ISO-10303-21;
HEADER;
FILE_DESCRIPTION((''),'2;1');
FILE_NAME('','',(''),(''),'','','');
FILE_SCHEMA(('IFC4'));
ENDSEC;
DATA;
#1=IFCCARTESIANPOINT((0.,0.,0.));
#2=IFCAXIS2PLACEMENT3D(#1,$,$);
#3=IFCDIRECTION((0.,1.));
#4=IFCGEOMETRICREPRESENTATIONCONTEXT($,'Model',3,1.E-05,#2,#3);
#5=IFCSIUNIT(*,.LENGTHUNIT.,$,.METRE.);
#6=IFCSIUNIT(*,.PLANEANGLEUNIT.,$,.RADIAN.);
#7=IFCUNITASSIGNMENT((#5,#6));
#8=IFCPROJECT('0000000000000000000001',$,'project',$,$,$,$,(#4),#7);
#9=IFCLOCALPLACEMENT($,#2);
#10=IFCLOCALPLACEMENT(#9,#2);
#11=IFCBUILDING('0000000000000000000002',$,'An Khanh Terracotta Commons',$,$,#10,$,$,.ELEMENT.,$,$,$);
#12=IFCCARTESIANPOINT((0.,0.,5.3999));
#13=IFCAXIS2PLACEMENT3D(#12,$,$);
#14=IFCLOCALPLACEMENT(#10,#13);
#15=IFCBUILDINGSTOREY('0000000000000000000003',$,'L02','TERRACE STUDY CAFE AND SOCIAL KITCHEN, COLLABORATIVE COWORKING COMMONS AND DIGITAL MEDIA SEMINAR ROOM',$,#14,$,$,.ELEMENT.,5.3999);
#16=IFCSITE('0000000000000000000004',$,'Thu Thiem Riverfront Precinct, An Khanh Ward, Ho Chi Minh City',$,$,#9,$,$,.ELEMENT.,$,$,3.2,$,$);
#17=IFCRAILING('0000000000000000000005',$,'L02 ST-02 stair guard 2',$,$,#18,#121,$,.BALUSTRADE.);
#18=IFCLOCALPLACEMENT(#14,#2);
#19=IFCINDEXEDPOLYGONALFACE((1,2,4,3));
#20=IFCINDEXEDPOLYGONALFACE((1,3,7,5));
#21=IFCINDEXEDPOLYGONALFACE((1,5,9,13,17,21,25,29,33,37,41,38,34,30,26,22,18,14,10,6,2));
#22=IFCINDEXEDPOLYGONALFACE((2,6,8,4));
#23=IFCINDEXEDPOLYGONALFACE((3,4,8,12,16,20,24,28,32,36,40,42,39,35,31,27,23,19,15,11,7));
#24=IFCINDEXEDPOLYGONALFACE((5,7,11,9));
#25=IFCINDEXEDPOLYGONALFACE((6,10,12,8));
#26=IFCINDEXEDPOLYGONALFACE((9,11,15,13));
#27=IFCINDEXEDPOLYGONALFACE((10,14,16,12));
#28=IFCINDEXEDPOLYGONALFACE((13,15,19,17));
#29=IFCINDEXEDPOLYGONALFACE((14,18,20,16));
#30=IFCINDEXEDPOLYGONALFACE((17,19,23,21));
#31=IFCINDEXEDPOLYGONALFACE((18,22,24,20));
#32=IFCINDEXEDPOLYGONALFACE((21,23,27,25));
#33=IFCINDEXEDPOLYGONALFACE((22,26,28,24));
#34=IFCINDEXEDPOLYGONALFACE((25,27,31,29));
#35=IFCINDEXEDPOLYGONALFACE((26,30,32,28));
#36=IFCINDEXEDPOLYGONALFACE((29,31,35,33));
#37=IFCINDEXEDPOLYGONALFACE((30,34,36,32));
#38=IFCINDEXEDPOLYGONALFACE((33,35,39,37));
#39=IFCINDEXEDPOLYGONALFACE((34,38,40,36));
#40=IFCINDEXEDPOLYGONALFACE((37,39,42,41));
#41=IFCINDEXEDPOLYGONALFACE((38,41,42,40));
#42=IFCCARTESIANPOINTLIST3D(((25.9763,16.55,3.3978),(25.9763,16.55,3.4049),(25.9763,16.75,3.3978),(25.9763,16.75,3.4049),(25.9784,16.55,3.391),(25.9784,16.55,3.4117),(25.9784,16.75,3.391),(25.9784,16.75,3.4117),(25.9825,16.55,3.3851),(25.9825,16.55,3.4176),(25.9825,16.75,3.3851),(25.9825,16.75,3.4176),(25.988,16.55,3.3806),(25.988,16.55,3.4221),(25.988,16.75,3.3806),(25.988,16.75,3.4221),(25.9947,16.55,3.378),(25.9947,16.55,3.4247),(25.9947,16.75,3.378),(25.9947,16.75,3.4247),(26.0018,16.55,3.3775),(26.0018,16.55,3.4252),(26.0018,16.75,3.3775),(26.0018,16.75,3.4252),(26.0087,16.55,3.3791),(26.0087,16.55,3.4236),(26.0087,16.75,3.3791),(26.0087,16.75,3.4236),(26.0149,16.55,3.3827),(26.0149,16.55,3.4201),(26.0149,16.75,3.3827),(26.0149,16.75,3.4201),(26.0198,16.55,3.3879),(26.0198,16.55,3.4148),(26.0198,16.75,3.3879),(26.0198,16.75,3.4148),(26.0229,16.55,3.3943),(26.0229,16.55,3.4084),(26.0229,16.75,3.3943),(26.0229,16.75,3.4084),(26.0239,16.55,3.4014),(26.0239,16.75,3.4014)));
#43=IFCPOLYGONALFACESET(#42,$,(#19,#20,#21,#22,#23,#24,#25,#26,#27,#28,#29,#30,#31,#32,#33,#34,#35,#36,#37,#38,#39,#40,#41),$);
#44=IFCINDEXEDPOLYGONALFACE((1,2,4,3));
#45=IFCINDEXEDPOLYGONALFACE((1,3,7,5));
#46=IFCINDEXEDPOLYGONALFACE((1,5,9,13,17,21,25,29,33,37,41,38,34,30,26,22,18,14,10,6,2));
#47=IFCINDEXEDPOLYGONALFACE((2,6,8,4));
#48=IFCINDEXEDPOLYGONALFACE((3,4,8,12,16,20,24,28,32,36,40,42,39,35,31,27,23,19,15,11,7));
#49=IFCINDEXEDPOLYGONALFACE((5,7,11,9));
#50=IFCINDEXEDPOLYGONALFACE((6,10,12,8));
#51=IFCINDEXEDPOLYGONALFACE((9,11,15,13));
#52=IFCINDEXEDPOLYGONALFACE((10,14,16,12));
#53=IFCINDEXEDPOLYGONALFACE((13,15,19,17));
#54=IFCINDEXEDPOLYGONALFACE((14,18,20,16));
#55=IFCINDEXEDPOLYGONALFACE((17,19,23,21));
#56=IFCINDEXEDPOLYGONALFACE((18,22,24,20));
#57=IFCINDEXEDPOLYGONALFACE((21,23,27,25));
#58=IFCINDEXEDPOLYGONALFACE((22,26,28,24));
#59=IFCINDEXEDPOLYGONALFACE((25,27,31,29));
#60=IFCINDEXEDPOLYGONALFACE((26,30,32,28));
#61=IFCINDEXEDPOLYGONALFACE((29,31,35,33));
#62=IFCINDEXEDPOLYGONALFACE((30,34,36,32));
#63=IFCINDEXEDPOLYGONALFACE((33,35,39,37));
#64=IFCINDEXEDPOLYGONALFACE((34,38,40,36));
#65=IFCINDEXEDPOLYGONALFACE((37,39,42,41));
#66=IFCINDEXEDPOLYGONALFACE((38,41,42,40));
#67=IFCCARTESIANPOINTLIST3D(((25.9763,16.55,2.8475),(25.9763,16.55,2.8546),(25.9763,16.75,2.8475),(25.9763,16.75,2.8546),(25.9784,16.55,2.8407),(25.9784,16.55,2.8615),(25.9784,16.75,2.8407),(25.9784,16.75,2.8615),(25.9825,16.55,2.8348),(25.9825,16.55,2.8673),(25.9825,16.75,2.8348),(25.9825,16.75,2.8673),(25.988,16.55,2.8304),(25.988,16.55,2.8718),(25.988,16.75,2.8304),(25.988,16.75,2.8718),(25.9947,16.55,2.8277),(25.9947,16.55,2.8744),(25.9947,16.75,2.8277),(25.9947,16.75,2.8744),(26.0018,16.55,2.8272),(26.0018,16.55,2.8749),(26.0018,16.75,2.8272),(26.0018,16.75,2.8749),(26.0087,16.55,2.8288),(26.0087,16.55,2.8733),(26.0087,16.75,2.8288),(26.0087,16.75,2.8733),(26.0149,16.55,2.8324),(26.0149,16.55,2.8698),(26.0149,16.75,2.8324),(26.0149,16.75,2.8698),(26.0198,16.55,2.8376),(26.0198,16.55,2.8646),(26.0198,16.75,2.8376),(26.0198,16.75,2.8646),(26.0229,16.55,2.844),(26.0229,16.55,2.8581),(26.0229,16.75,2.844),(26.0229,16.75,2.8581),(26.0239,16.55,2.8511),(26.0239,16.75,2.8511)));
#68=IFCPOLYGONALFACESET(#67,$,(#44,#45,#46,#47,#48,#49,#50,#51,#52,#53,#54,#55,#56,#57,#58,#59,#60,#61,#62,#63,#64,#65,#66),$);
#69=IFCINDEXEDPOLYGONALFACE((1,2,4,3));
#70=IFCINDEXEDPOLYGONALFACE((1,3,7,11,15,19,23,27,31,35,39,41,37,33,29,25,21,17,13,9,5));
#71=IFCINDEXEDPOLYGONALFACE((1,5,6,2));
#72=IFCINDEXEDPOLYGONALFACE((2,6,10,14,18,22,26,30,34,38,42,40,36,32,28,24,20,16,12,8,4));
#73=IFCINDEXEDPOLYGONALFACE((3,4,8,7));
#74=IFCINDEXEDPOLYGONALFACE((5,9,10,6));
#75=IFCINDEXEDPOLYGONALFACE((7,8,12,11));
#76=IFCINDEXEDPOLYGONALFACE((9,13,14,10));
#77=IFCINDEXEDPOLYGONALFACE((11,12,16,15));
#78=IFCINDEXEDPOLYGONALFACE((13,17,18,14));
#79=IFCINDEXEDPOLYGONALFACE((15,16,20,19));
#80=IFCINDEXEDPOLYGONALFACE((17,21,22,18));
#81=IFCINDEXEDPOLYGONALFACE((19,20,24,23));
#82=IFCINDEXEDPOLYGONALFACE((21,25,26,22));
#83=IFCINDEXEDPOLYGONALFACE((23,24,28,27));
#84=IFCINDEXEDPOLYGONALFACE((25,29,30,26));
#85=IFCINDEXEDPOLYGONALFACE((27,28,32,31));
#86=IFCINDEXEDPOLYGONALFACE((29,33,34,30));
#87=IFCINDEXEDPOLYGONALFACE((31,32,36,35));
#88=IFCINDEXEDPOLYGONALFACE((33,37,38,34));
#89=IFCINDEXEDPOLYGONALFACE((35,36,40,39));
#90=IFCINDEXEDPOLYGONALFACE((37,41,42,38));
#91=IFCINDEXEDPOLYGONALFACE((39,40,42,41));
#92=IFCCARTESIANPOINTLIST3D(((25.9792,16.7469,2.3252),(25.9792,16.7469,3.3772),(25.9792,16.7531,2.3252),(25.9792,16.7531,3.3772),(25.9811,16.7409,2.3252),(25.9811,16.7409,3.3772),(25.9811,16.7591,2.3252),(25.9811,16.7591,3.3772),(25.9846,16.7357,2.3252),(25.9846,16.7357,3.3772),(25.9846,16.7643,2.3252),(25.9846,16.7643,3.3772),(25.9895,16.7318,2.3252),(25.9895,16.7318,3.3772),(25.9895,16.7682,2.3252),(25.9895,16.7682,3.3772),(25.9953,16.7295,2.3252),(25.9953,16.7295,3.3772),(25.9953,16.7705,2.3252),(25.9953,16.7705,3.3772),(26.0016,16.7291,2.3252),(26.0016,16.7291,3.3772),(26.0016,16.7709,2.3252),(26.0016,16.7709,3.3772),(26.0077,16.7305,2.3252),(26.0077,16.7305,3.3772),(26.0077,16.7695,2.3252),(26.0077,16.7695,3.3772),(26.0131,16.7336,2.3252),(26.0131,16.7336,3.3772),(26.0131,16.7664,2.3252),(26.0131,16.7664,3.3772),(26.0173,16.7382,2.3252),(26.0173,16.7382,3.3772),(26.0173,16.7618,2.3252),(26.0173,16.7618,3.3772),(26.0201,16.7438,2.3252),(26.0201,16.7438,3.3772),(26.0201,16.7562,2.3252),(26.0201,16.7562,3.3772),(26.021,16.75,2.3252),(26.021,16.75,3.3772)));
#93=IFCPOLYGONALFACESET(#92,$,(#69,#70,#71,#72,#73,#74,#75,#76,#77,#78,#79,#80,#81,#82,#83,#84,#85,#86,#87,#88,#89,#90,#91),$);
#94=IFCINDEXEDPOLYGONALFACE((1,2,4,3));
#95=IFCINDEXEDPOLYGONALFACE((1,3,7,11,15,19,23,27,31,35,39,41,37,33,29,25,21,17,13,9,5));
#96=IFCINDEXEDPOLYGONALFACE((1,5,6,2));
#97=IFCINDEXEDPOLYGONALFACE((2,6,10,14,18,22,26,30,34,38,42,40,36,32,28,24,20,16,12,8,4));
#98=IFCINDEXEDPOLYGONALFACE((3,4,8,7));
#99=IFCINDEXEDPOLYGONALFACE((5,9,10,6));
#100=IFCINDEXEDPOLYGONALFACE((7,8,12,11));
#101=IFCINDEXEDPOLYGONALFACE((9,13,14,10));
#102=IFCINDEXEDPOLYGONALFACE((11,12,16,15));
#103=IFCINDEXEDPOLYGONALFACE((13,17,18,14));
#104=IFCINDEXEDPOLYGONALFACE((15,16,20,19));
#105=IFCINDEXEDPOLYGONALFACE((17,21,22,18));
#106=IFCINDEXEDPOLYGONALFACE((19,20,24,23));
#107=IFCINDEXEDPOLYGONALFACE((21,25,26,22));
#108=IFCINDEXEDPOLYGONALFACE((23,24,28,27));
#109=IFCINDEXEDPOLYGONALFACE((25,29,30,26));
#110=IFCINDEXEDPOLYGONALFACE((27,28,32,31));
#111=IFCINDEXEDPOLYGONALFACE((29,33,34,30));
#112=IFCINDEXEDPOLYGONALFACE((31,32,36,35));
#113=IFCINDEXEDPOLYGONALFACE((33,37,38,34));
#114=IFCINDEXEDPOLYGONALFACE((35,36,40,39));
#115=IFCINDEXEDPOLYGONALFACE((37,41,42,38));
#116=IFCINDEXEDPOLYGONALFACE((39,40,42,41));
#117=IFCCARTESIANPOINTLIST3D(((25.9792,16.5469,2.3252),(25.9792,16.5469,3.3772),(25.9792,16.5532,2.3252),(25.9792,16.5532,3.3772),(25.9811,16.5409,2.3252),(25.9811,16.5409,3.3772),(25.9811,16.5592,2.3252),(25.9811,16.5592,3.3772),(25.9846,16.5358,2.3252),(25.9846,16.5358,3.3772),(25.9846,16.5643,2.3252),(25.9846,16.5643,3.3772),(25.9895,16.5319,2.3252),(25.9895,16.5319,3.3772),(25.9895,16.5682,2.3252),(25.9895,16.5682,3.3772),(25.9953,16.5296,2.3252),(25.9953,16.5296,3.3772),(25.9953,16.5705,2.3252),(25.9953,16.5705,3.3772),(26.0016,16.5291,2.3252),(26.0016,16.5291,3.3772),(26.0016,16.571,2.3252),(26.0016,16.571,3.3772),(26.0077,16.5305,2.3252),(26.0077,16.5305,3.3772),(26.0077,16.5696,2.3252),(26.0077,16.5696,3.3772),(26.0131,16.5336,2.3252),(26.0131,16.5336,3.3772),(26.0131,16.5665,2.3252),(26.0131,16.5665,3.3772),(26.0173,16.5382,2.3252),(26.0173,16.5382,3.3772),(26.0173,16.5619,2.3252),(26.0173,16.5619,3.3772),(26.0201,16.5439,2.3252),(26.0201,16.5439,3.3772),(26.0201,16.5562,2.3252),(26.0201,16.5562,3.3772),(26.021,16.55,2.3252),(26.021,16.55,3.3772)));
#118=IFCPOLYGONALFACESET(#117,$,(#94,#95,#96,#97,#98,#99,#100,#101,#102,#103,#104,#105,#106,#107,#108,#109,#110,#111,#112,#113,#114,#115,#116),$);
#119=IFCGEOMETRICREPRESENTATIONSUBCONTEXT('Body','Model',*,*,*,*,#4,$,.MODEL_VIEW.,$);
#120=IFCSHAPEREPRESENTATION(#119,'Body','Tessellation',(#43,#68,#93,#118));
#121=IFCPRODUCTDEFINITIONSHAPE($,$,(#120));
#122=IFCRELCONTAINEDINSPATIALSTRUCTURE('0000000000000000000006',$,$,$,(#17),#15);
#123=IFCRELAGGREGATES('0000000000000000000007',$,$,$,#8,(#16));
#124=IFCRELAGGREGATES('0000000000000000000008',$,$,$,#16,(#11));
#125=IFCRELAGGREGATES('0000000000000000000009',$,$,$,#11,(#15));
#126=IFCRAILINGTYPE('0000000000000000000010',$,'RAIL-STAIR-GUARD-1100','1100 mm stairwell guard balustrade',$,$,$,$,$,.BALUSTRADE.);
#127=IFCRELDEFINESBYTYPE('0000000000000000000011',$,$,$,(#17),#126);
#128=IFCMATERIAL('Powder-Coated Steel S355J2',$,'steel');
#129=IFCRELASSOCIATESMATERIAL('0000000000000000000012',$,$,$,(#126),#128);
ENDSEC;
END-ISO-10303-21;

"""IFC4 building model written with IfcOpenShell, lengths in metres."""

from ifc_helpers import new_model, si_unit, direction, frame, origin, origin_2d, place, context, subcontext, project, spatial, circle, extrude, material, type_object, element, save


model = new_model("IFC4")

# Units and contexts
model_context = context("Model", 3, precision=1e-05, world=origin(), true_north=direction((0.0, 1.0)))
body_context = subcontext(model_context, "Body", "Model", "MODEL_VIEW")
ifc_project = project(units=[si_unit("LENGTHUNIT", "METRE"), si_unit("PLANEANGLEUNIT", "RADIAN")], contexts=[model_context])

# Site, building, storey
site_placement = place(None, origin())
site = spatial("IfcSite", under=ifc_project, at=site_placement, Name="Thu Thiem Riverfront Precinct, An Khanh Ward, Ho Chi Minh City", CompositionType="ELEMENT", RefElevation=3.2)
building_placement = place(site_placement, origin())
building = spatial("IfcBuilding", under=site, at=building_placement, Name="An Khanh Terracotta Commons", CompositionType="ELEMENT")
storey_placement = place(building_placement, frame((0.0, 0.0, 5.3999)))
storey = spatial("IfcBuildingStorey", under=building, at=storey_placement, Name="L02", Description="TERRACE STUDY CAFE AND SOCIAL KITCHEN, COLLABORATIVE COWORKING COMMONS AND DIGITAL MEDIA SEMINAR ROOM", CompositionType="ELEMENT", Elevation=5.3999)

# Railing
ifc_material_1 = material(Name="Powder-Coated Steel S355J2", Category="steel")
railing_type_1 = type_object("IfcRailingType", Name="RAIL-STAIR-GUARD-1100", Description="1100 mm stairwell guard balustrade", PredefinedType="BALUSTRADE", material=ifc_material_1)
railing_1_placement = place(storey_placement, frame((26.0, 16.75, 2.3252)))
element("IfcRailing", 1, at=railing_1_placement, inside=storey, type_object=railing_type_1, Name="L02 ST-02 stair guard 2", PredefinedType="BALUSTRADE", context=body_context, shape_type="SweptSolid", body=[
    extrude(circle(Radius=0.0239, at=origin_2d()), frame((0.0, 0.0, 1.0762), z_axis=(0.0, -1.0, 0.0), x_axis=(1.0, 0.0, 0.0)), (0.0, 0.0, 1.0), 0.2),
    extrude(circle(Radius=0.0239, at=origin_2d()), frame((0.0, 0.0, 0.5259), z_axis=(0.0, -1.0, 0.0), x_axis=(1.0, 0.0, 0.0)), (0.0, 0.0, 1.0), 0.2),
    extrude(circle(Radius=0.021, at=origin_2d()), origin(), (0.0, 0.0, 1.0), 1.052),
    extrude(circle(Radius=0.021, at=origin_2d()), frame((0.0, -0.2, 0.0)), (0.0, 0.0, 1.0), 1.052),
])

save(model, "model.ifc")
